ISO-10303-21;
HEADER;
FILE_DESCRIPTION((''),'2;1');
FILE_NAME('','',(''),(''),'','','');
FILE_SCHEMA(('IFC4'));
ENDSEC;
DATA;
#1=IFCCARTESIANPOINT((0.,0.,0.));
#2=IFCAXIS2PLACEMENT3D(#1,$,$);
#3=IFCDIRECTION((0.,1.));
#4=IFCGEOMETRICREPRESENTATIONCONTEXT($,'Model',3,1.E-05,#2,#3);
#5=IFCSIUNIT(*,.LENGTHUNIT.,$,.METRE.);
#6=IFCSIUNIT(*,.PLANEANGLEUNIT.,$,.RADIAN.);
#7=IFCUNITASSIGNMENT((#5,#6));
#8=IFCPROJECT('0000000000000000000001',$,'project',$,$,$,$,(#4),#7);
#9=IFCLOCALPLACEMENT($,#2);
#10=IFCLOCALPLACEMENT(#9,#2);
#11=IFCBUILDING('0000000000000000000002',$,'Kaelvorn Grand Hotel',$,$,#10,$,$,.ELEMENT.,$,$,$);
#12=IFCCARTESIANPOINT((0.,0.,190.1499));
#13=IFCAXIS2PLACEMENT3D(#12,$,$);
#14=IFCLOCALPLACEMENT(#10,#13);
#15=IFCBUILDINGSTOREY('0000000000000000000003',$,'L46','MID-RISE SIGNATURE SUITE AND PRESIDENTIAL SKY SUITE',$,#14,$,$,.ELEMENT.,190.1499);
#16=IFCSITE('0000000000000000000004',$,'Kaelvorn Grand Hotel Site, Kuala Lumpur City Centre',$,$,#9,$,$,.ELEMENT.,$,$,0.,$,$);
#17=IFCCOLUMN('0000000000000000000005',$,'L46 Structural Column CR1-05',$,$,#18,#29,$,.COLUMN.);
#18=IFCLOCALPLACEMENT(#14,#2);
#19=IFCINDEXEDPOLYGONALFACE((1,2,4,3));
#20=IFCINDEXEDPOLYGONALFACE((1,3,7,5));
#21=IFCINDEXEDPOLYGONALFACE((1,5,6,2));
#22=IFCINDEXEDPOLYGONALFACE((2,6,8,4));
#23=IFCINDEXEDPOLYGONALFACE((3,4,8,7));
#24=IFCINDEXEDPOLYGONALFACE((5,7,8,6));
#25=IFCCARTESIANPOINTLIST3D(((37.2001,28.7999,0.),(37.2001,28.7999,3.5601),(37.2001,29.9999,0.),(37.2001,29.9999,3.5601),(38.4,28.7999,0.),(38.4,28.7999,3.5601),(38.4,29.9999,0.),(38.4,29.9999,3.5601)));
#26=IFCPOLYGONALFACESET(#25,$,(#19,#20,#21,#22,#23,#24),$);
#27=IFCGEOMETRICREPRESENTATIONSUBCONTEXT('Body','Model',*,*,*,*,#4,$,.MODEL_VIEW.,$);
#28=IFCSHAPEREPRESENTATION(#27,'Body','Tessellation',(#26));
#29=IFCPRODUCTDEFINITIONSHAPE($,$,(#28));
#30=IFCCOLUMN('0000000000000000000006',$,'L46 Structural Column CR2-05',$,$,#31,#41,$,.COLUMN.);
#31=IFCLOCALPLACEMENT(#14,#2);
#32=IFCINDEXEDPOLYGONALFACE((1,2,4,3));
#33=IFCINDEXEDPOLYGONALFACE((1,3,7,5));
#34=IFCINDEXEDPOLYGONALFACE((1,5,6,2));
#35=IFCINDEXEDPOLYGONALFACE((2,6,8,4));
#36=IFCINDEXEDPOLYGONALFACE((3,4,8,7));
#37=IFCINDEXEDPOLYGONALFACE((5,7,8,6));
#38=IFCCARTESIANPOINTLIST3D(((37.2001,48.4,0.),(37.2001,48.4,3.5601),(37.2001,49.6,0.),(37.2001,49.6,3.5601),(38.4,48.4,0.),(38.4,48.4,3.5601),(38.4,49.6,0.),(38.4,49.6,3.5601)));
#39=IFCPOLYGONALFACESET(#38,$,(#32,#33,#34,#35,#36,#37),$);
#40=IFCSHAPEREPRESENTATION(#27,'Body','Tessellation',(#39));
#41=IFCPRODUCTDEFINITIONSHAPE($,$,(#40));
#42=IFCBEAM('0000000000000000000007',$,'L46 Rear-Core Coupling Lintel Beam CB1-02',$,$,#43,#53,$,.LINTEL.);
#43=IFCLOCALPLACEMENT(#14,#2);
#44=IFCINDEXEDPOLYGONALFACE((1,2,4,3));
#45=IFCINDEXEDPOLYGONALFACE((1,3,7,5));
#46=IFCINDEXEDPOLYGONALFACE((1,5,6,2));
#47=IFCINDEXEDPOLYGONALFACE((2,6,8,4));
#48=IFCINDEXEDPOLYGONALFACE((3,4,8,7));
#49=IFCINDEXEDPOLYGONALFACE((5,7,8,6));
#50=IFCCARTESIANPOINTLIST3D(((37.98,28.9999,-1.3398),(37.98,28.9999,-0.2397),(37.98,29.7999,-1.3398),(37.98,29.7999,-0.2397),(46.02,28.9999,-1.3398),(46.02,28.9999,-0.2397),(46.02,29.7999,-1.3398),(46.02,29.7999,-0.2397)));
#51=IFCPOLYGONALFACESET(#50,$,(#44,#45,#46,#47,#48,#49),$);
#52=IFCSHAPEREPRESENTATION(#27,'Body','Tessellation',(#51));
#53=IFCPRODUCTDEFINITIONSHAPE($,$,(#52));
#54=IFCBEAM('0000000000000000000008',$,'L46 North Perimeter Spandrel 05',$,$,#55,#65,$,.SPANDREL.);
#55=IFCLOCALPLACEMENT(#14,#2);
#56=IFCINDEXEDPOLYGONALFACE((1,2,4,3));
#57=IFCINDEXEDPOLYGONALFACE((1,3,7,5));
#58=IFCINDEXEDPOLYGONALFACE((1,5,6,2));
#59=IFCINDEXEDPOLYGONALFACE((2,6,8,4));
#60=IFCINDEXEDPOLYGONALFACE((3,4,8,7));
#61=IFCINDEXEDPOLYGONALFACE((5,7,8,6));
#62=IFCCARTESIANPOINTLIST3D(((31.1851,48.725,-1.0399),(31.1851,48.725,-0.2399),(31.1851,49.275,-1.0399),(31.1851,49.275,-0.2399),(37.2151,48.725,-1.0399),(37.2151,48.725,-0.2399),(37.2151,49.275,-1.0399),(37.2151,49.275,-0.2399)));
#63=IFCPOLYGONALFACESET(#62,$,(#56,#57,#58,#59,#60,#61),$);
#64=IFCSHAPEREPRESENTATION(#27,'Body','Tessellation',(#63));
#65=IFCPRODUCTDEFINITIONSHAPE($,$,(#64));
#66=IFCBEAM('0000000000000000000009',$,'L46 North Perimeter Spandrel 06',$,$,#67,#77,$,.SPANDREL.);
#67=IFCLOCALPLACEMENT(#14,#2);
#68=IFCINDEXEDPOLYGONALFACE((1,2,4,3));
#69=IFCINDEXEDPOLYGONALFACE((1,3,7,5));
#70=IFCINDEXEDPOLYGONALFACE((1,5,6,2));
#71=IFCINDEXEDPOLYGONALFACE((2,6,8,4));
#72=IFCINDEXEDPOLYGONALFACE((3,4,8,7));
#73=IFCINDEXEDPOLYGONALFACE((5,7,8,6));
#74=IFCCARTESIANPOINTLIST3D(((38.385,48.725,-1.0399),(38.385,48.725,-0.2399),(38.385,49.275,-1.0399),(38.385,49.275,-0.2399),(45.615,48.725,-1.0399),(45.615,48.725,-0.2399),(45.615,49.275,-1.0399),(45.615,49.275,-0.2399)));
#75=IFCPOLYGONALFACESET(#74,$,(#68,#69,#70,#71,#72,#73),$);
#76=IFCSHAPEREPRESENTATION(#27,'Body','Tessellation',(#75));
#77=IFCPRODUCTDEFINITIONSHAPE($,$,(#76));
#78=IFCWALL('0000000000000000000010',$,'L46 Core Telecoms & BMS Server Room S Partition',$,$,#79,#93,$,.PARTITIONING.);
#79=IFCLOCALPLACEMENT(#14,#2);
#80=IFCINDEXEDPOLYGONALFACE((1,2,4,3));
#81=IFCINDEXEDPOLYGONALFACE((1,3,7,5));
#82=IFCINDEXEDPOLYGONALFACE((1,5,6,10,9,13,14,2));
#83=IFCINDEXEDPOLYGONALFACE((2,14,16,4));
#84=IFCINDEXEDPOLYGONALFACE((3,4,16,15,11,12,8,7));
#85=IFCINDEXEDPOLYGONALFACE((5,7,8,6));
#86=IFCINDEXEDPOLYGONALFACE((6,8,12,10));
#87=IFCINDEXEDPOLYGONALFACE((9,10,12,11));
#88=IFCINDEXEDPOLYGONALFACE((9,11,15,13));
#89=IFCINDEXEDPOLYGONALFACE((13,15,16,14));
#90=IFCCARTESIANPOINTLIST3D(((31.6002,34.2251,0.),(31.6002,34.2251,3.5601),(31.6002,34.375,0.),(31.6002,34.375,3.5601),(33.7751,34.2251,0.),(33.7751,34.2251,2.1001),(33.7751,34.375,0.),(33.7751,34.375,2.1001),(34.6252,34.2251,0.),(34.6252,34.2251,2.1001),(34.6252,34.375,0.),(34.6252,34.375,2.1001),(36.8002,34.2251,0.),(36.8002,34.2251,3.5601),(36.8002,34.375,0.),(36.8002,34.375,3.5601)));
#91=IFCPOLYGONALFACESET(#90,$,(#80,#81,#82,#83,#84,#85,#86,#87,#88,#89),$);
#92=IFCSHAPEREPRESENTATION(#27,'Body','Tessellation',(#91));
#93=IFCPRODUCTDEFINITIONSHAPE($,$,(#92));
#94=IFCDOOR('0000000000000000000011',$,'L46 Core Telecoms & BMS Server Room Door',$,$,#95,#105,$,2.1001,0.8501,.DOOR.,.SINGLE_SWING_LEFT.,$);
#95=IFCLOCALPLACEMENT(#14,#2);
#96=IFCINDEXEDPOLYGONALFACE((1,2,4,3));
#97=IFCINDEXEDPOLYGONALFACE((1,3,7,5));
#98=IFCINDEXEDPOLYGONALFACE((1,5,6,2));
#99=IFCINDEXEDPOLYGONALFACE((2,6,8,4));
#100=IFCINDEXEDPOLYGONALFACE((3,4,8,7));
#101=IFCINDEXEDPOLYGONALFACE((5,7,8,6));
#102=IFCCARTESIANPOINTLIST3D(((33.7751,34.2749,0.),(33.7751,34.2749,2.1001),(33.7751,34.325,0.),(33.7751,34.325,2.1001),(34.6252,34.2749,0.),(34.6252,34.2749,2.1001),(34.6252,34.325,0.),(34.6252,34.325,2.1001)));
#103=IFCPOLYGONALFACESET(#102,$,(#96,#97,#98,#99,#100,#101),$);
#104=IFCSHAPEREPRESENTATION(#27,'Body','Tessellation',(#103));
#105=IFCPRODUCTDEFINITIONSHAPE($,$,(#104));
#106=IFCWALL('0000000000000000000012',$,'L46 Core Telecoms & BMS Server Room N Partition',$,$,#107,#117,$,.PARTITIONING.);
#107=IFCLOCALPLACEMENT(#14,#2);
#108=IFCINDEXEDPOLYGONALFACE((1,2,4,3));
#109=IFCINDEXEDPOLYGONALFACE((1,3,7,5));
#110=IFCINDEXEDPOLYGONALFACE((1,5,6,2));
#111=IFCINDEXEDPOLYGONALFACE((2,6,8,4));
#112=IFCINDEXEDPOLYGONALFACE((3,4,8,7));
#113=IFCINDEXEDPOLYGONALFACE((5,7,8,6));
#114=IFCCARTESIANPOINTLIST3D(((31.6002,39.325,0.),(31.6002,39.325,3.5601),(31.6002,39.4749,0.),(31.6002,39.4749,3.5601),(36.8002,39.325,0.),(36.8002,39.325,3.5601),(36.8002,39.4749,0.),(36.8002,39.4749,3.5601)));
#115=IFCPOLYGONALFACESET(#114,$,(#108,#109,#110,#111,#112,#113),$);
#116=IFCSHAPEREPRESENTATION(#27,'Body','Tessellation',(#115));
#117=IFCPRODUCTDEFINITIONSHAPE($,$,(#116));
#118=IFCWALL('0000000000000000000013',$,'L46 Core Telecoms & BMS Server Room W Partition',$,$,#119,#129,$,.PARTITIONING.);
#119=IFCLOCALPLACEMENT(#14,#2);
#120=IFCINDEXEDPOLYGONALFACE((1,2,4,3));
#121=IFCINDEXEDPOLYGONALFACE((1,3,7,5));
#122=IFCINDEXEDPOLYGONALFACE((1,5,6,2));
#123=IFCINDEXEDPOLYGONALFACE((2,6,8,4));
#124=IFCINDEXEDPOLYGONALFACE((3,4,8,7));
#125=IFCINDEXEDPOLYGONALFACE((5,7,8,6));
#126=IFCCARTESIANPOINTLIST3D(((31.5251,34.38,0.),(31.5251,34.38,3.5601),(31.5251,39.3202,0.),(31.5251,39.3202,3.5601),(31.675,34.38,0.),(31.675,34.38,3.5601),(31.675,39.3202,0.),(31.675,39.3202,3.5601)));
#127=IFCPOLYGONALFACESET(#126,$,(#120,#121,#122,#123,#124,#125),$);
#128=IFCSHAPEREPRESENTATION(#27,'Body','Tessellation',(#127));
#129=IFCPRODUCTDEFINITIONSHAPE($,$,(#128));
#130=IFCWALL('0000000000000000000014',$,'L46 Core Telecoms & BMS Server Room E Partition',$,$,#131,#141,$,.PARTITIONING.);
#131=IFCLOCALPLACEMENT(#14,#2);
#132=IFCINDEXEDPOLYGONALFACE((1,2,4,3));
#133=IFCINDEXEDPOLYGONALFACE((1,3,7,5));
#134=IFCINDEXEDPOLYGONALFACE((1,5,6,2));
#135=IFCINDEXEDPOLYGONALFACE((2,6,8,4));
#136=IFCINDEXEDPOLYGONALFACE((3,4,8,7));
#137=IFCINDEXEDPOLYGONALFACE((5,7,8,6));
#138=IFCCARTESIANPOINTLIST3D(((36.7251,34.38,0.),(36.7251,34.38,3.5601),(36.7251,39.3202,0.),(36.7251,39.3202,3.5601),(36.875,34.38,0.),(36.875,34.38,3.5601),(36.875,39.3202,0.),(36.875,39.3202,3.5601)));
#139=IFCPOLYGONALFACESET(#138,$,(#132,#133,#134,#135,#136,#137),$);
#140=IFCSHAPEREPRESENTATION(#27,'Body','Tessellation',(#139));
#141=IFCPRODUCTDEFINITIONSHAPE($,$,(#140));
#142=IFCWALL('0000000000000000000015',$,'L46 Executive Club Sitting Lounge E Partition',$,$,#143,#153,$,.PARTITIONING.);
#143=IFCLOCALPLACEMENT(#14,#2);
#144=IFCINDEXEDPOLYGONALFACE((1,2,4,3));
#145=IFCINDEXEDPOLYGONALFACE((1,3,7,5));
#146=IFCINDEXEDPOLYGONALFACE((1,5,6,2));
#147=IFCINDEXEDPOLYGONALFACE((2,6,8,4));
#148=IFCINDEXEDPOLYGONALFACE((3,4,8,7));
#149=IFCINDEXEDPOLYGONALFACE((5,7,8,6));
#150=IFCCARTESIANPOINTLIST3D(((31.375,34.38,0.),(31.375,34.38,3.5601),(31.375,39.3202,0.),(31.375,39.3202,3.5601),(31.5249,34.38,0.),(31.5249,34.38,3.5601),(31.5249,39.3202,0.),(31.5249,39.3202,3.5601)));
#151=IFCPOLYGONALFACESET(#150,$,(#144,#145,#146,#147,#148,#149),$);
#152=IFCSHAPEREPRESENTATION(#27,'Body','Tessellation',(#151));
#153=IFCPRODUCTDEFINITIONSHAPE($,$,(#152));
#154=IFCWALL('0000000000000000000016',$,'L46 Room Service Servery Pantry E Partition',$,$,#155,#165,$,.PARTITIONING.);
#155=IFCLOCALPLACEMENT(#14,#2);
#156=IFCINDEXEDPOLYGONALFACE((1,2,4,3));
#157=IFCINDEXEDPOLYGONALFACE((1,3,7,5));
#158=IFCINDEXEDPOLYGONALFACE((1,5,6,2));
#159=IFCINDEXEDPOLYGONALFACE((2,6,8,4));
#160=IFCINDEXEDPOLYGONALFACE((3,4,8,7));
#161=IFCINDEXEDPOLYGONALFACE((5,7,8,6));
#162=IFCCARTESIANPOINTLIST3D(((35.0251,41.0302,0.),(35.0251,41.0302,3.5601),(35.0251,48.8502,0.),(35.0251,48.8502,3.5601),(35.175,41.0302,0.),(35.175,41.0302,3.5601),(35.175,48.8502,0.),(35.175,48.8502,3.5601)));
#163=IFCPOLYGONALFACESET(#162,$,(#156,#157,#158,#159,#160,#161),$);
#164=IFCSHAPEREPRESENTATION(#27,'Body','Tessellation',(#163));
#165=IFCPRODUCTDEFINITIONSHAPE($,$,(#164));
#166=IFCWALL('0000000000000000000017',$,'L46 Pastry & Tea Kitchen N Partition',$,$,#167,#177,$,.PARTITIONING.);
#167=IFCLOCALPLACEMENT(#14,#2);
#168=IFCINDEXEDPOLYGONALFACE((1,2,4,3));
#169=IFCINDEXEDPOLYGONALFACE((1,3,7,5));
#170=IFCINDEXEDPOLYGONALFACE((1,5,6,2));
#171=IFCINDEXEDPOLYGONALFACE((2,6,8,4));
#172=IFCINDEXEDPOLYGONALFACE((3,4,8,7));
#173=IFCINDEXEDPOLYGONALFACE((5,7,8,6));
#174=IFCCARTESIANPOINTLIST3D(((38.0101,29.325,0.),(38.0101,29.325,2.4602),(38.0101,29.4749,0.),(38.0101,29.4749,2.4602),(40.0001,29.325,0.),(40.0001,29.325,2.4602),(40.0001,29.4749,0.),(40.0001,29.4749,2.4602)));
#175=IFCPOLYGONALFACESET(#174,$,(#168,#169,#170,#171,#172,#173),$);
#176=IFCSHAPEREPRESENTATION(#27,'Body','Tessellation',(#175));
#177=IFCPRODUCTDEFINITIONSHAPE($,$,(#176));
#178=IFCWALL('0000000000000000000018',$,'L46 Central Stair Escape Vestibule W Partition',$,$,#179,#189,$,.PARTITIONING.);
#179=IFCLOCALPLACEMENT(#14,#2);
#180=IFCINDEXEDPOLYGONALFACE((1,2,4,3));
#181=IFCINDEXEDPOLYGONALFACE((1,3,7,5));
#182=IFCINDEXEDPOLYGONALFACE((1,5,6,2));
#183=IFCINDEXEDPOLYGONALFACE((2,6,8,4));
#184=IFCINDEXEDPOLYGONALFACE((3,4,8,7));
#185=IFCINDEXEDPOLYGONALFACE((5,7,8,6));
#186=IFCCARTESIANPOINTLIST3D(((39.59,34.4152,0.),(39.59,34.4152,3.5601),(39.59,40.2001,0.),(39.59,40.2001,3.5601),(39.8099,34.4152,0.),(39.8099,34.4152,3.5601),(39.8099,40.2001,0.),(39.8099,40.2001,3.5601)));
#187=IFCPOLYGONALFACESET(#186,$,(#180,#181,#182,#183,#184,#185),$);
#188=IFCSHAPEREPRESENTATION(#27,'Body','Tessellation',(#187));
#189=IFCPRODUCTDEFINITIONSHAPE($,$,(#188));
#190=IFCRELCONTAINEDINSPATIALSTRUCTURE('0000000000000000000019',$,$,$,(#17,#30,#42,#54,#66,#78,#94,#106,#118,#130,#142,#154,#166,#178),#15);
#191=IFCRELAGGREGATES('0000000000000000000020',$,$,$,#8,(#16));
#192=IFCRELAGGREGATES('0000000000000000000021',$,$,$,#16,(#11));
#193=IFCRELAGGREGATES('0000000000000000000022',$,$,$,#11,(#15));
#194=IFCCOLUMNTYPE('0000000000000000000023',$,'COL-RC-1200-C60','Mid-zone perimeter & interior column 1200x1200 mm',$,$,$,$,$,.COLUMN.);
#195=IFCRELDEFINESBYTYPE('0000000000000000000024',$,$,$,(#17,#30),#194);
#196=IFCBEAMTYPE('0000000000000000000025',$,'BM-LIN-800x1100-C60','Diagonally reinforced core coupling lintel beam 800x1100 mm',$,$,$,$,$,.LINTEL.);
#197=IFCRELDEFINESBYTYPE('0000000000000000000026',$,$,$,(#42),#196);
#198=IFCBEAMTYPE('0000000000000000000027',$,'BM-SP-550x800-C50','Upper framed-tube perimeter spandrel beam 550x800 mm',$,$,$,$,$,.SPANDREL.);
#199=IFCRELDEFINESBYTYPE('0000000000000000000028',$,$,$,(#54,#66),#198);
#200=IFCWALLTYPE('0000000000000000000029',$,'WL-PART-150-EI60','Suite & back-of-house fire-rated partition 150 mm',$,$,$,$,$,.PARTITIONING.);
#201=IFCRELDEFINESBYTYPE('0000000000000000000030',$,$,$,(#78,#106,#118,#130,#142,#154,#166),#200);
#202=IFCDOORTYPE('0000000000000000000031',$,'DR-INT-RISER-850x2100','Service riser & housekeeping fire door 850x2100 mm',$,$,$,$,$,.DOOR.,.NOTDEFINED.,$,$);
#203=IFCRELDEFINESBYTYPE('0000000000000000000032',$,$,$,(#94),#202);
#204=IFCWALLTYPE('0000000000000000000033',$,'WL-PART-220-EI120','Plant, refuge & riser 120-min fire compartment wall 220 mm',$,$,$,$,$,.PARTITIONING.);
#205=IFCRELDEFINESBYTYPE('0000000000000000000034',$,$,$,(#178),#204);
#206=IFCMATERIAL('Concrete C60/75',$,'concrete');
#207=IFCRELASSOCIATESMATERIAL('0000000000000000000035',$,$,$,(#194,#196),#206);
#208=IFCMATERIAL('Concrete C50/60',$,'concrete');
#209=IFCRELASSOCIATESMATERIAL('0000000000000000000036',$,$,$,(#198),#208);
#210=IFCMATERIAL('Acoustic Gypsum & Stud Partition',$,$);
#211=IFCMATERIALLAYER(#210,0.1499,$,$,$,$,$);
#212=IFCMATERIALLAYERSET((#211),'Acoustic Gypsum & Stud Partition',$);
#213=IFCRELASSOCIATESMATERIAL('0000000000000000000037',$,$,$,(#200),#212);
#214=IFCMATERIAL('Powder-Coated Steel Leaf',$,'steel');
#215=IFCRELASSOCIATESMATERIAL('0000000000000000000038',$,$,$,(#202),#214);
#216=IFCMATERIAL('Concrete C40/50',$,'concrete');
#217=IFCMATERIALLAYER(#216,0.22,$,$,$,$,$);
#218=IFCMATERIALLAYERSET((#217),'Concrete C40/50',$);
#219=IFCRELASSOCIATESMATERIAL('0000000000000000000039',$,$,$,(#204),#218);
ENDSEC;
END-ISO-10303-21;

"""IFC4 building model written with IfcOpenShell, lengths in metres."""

from ifc_helpers import new_model, si_unit, direction, frame, frame_2d, origin, origin_2d, place, context, subcontext, project, spatial, rectangle, extrude, material, layer, layer_set, material_profile, profile_set, type_object, element, fill, save


model = new_model("IFC4")

# Units and contexts
model_context = context("Model", 3, precision=1e-05, world=origin(), true_north=direction((0.0, 1.0)))
body_context = subcontext(model_context, "Body", "Model", "MODEL_VIEW")
ifc_project = project(units=[si_unit("LENGTHUNIT", "METRE"), si_unit("PLANEANGLEUNIT", "RADIAN")], contexts=[model_context])

# Site, building, storey
site_placement = place(None, origin())
site = spatial("IfcSite", under=ifc_project, at=site_placement, Name="Kaelvorn Grand Hotel Site, Kuala Lumpur City Centre", CompositionType="ELEMENT", RefElevation=0.0)
building_placement = place(site_placement, origin())
building = spatial("IfcBuilding", under=site, at=building_placement, Name="Kaelvorn Grand Hotel", CompositionType="ELEMENT")
storey_placement = place(building_placement, frame((0.0, 0.0, 190.1499)))
storey = spatial("IfcBuildingStorey", under=building, at=storey_placement, Name="L46", Description="MID-RISE SIGNATURE SUITE AND PRESIDENTIAL SKY SUITE", CompositionType="ELEMENT", Elevation=190.1499)

# Columns
ifc_material_1 = material(Name="Concrete C60/75", Category="concrete")
ifc_material_profile_1 = material_profile(ifc_material_1, rectangle(XDim=1.2, YDim=1.2, at=origin_2d()), Name="RC COL 1200x1200")
ifc_profile_set_1 = profile_set([ifc_material_profile_1], Name="Concrete C60/75")
column_type = type_object("IfcColumnType", Name="COL-RC-1200-C60", Description="Mid-zone perimeter & interior column 1200x1200 mm", PredefinedType="COLUMN", material=ifc_profile_set_1)
for number, where, z_axis, x_axis, name in (
    (1, (37.8, 29.3999, 0.0), (0.0, 0.0, 1.0), (1.0, 0.0, 0.0), "L46 Structural Column CR1-05"),
    (2, (37.8, 49.0, 0.0), (0.0, 0.0, 1.0), (1.0, 0.0, 0.0), "L46 Structural Column CR2-05"),
):
    element("IfcColumn", number, at=place(storey_placement, frame(where, z_axis=z_axis, x_axis=x_axis)), inside=storey, type_object=column_type, Name=name, PredefinedType="COLUMN", context=body_context, shape_type="SweptSolid", body=[
        extrude(rectangle(XDim=1.2, YDim=1.2, at=origin_2d()), origin(), (0.0, 0.0, 1.0), 3.5601),
    ])

# Beams
ifc_material_profile_2 = material_profile(ifc_material_1, rectangle(XDim=0.8, YDim=1.1001, at=origin_2d()), Name="RC LINTEL 800x1100")
ifc_profile_set_2 = profile_set([ifc_material_profile_2], Name="Concrete C60/75")
beam_type_1 = type_object("IfcBeamType", Name="BM-LIN-800x1100-C60", Description="Diagonally reinforced core coupling lintel beam 800x1100 mm", PredefinedType="LINTEL", material=ifc_profile_set_2)
beam_1_placement = place(storey_placement, frame((37.98, 29.3999, -0.7898), z_axis=(1.0, 0.0, 0.0), x_axis=(0.0, 1.0, 0.0)))
element("IfcBeam", 3, at=beam_1_placement, inside=storey, type_object=beam_type_1, Name="L46 Rear-Core Coupling Lintel Beam CB1-02", PredefinedType="LINTEL", context=body_context, shape_type="SweptSolid", body=[
    extrude(rectangle(XDim=0.8, YDim=1.1001, at=origin_2d()), origin(), (0.0, 0.0, 1.0), 8.04),
])
ifc_material_2 = material(Name="Concrete C50/60", Category="concrete")
ifc_material_profile_3 = material_profile(ifc_material_2, rectangle(XDim=0.55, YDim=0.8, at=origin_2d()), Name="RC SPANDREL 550x800")
ifc_profile_set_3 = profile_set([ifc_material_profile_3], Name="Concrete C50/60")
beam_type_2 = type_object("IfcBeamType", Name="BM-SP-550x800-C50", Description="Upper framed-tube perimeter spandrel beam 550x800 mm", PredefinedType="SPANDREL", material=ifc_profile_set_3)
beam_2_placement = place(storey_placement, frame((31.1851, 49.0, -0.6399), z_axis=(1.0, 0.0, 0.0), x_axis=(0.0, 1.0, 0.0)))
element("IfcBeam", 4, at=beam_2_placement, inside=storey, type_object=beam_type_2, Name="L46 North Perimeter Spandrel 05", PredefinedType="SPANDREL", context=body_context, shape_type="SweptSolid", body=[
    extrude(rectangle(XDim=0.55, YDim=0.8, at=origin_2d()), origin(), (0.0, 0.0, 1.0), 6.03),
])
beam_3_placement = place(storey_placement, frame((38.385, 49.0, -0.6399), z_axis=(1.0, 0.0, 0.0), x_axis=(0.0, 1.0, 0.0)))
element("IfcBeam", 5, at=beam_3_placement, inside=storey, type_object=beam_type_2, Name="L46 North Perimeter Spandrel 06", PredefinedType="SPANDREL", context=body_context, shape_type="SweptSolid", body=[
    extrude(rectangle(XDim=0.55, YDim=0.8, at=origin_2d()), origin(), (0.0, 0.0, 1.0), 7.23),
])

# Wall, opening, door
ifc_material_3 = material(Name="Acoustic Gypsum & Stud Partition")
ifc_layer_1 = layer(ifc_material_3, 0.1499)
ifc_layer_set_1 = layer_set([ifc_layer_1], Name="Acoustic Gypsum & Stud Partition")
wall_type_1 = type_object("IfcWallType", Name="WL-PART-150-EI60", Description="Suite & back-of-house fire-rated partition 150 mm", PredefinedType="PARTITIONING", material=ifc_layer_set_1)
wall_1_placement = place(storey_placement, frame((31.6001, 34.3, 0.0), z_axis=(0.0, 0.0, 1.0), x_axis=(1.0, 0.0, 0.0)))
wall_1 = element("IfcWall", 6, at=wall_1_placement, inside=storey, type_object=wall_type_1, Name="L46 Core Telecoms & BMS Server Room S Partition", PredefinedType="PARTITIONING", context=body_context, shape_type="SweptSolid", body=[
    extrude(rectangle(XDim=5.2, YDim=0.1499, at=frame_2d((2.6001, 0.0))), origin(), (0.0, 0.0, 1.0), 3.5601),
])
opening_1_placement = place(wall_1_placement, frame((2.175, 0.0, 0.0)))
opening_1 = element("IfcOpeningElement", 7, at=opening_1_placement, cuts=wall_1, PredefinedType="OPENING", context=body_context, shape_type="SweptSolid", body=[
    extrude(rectangle(XDim=0.8501, YDim=2.1001, at=frame_2d((0.425, 1.05))), frame((0.0, 0.085, 0.0), z_axis=(0.0, -1.0, 0.0), x_axis=(1.0, 0.0, 0.0)), (0.0, 0.0, 1.0), 0.1699),
])
ifc_material_4 = material(Name="Powder-Coated Steel Leaf", Category="steel")
door_type_1 = type_object("IfcDoorType", Name="DR-INT-RISER-850x2100", Description="Service riser & housekeeping fire door 850x2100 mm", OperationType="NOTDEFINED", PredefinedType="DOOR", material=ifc_material_4)
door_1_placement = place(opening_1_placement, origin())
door_1 = element("IfcDoor", 8, at=door_1_placement, inside=storey, type_object=door_type_1, Name="L46 Core Telecoms & BMS Server Room Door", OperationType="SINGLE_SWING_LEFT", OverallHeight=2.1001, OverallWidth=0.8501, PredefinedType="DOOR", context=body_context, shape_type="SweptSolid", body=[
    extrude(rectangle(XDim=0.8501, YDim=2.1001, at=frame_2d((0.425, 1.05))), frame((0.0, 0.0249, 0.0), z_axis=(0.0, -1.0, 0.0), x_axis=(1.0, 0.0, 0.0)), (0.0, 0.0, 1.0), 0.05),
])
fill(opening_1, door_1)

# Walls
wall_2_placement = place(storey_placement, frame((31.6001, 39.3999, 0.0), z_axis=(0.0, 0.0, 1.0), x_axis=(1.0, 0.0, 0.0)))
element("IfcWall", 9, at=wall_2_placement, inside=storey, type_object=wall_type_1, Name="L46 Core Telecoms & BMS Server Room N Partition", PredefinedType="PARTITIONING", context=body_context, shape_type="SweptSolid", body=[
    extrude(rectangle(XDim=5.2, YDim=0.1499, at=frame_2d((2.6001, 0.0))), origin(), (0.0, 0.0, 1.0), 3.5601),
])
for number, where, z_axis, x_axis, name in (
    (10, (31.6001, 34.3799, 0.0), (0.0, 0.0, 1.0), (0.0, 1.0, 0.0), "L46 Core Telecoms & BMS Server Room W Partition"),
    (11, (36.8, 34.3799, 0.0), (0.0, 0.0, 1.0), (0.0, 1.0, 0.0), "L46 Core Telecoms & BMS Server Room E Partition"),
    (12, (31.45, 34.3799, 0.0), (0.0, 0.0, 1.0), (0.0, 1.0, 0.0), "L46 Executive Club Sitting Lounge E Partition"),
):
    element("IfcWall", number, at=place(storey_placement, frame(where, z_axis=z_axis, x_axis=x_axis)), inside=storey, type_object=wall_type_1, Name=name, PredefinedType="PARTITIONING", context=body_context, shape_type="SweptSolid", body=[
        extrude(rectangle(XDim=4.9402, YDim=0.1499, at=frame_2d((2.4702, 0.0))), origin(), (0.0, 0.0, 1.0), 3.5601),
    ])
wall_3_placement = place(storey_placement, frame((35.1001, 41.03, 0.0), z_axis=(0.0, 0.0, 1.0), x_axis=(0.0, 1.0, 0.0)))
element("IfcWall", 13, at=wall_3_placement, inside=storey, type_object=wall_type_1, Name="L46 Room Service Servery Pantry E Partition", PredefinedType="PARTITIONING", context=body_context, shape_type="SweptSolid", body=[
    extrude(rectangle(XDim=7.8201, YDim=0.1499, at=frame_2d((3.9102, 0.0))), origin(), (0.0, 0.0, 1.0), 3.5601),
])
wall_4_placement = place(storey_placement, frame((38.01, 29.3999, 0.0), z_axis=(0.0, 0.0, 1.0), x_axis=(1.0, 0.0, 0.0)))
element("IfcWall", 14, at=wall_4_placement, inside=storey, type_object=wall_type_1, Name="L46 Pastry & Tea Kitchen N Partition", PredefinedType="PARTITIONING", context=body_context, shape_type="SweptSolid", body=[
    extrude(rectangle(XDim=1.99, YDim=0.1499, at=frame_2d((0.9951, 0.0))), origin(), (0.0, 0.0, 1.0), 2.4602),
])

# Shared definitions
ifc_material_5 = material(Name="Concrete C40/50", Category="concrete")
ifc_layer_2 = layer(ifc_material_5, 0.22)
ifc_layer_set_2 = layer_set([ifc_layer_2], Name="Concrete C40/50")
wall_type_2 = type_object("IfcWallType", Name="WL-PART-220-EI120", Description="Plant, refuge & riser 120-min fire compartment wall 220 mm", PredefinedType="PARTITIONING", material=ifc_layer_set_2)

# Wall
wall_5_placement = place(storey_placement, frame((39.7, 34.415, 0.0), z_axis=(0.0, 0.0, 1.0), x_axis=(0.0, 1.0, 0.0)))
element("IfcWall", 15, at=wall_5_placement, inside=storey, type_object=wall_type_2, Name="L46 Central Stair Escape Vestibule W Partition", PredefinedType="PARTITIONING", context=body_context, shape_type="SweptSolid", body=[
    extrude(rectangle(XDim=5.7849, YDim=0.22, at=frame_2d((2.8926, 0.0))), origin(), (0.0, 0.0, 1.0), 3.5601),
])

save(model, "model.ifc")
